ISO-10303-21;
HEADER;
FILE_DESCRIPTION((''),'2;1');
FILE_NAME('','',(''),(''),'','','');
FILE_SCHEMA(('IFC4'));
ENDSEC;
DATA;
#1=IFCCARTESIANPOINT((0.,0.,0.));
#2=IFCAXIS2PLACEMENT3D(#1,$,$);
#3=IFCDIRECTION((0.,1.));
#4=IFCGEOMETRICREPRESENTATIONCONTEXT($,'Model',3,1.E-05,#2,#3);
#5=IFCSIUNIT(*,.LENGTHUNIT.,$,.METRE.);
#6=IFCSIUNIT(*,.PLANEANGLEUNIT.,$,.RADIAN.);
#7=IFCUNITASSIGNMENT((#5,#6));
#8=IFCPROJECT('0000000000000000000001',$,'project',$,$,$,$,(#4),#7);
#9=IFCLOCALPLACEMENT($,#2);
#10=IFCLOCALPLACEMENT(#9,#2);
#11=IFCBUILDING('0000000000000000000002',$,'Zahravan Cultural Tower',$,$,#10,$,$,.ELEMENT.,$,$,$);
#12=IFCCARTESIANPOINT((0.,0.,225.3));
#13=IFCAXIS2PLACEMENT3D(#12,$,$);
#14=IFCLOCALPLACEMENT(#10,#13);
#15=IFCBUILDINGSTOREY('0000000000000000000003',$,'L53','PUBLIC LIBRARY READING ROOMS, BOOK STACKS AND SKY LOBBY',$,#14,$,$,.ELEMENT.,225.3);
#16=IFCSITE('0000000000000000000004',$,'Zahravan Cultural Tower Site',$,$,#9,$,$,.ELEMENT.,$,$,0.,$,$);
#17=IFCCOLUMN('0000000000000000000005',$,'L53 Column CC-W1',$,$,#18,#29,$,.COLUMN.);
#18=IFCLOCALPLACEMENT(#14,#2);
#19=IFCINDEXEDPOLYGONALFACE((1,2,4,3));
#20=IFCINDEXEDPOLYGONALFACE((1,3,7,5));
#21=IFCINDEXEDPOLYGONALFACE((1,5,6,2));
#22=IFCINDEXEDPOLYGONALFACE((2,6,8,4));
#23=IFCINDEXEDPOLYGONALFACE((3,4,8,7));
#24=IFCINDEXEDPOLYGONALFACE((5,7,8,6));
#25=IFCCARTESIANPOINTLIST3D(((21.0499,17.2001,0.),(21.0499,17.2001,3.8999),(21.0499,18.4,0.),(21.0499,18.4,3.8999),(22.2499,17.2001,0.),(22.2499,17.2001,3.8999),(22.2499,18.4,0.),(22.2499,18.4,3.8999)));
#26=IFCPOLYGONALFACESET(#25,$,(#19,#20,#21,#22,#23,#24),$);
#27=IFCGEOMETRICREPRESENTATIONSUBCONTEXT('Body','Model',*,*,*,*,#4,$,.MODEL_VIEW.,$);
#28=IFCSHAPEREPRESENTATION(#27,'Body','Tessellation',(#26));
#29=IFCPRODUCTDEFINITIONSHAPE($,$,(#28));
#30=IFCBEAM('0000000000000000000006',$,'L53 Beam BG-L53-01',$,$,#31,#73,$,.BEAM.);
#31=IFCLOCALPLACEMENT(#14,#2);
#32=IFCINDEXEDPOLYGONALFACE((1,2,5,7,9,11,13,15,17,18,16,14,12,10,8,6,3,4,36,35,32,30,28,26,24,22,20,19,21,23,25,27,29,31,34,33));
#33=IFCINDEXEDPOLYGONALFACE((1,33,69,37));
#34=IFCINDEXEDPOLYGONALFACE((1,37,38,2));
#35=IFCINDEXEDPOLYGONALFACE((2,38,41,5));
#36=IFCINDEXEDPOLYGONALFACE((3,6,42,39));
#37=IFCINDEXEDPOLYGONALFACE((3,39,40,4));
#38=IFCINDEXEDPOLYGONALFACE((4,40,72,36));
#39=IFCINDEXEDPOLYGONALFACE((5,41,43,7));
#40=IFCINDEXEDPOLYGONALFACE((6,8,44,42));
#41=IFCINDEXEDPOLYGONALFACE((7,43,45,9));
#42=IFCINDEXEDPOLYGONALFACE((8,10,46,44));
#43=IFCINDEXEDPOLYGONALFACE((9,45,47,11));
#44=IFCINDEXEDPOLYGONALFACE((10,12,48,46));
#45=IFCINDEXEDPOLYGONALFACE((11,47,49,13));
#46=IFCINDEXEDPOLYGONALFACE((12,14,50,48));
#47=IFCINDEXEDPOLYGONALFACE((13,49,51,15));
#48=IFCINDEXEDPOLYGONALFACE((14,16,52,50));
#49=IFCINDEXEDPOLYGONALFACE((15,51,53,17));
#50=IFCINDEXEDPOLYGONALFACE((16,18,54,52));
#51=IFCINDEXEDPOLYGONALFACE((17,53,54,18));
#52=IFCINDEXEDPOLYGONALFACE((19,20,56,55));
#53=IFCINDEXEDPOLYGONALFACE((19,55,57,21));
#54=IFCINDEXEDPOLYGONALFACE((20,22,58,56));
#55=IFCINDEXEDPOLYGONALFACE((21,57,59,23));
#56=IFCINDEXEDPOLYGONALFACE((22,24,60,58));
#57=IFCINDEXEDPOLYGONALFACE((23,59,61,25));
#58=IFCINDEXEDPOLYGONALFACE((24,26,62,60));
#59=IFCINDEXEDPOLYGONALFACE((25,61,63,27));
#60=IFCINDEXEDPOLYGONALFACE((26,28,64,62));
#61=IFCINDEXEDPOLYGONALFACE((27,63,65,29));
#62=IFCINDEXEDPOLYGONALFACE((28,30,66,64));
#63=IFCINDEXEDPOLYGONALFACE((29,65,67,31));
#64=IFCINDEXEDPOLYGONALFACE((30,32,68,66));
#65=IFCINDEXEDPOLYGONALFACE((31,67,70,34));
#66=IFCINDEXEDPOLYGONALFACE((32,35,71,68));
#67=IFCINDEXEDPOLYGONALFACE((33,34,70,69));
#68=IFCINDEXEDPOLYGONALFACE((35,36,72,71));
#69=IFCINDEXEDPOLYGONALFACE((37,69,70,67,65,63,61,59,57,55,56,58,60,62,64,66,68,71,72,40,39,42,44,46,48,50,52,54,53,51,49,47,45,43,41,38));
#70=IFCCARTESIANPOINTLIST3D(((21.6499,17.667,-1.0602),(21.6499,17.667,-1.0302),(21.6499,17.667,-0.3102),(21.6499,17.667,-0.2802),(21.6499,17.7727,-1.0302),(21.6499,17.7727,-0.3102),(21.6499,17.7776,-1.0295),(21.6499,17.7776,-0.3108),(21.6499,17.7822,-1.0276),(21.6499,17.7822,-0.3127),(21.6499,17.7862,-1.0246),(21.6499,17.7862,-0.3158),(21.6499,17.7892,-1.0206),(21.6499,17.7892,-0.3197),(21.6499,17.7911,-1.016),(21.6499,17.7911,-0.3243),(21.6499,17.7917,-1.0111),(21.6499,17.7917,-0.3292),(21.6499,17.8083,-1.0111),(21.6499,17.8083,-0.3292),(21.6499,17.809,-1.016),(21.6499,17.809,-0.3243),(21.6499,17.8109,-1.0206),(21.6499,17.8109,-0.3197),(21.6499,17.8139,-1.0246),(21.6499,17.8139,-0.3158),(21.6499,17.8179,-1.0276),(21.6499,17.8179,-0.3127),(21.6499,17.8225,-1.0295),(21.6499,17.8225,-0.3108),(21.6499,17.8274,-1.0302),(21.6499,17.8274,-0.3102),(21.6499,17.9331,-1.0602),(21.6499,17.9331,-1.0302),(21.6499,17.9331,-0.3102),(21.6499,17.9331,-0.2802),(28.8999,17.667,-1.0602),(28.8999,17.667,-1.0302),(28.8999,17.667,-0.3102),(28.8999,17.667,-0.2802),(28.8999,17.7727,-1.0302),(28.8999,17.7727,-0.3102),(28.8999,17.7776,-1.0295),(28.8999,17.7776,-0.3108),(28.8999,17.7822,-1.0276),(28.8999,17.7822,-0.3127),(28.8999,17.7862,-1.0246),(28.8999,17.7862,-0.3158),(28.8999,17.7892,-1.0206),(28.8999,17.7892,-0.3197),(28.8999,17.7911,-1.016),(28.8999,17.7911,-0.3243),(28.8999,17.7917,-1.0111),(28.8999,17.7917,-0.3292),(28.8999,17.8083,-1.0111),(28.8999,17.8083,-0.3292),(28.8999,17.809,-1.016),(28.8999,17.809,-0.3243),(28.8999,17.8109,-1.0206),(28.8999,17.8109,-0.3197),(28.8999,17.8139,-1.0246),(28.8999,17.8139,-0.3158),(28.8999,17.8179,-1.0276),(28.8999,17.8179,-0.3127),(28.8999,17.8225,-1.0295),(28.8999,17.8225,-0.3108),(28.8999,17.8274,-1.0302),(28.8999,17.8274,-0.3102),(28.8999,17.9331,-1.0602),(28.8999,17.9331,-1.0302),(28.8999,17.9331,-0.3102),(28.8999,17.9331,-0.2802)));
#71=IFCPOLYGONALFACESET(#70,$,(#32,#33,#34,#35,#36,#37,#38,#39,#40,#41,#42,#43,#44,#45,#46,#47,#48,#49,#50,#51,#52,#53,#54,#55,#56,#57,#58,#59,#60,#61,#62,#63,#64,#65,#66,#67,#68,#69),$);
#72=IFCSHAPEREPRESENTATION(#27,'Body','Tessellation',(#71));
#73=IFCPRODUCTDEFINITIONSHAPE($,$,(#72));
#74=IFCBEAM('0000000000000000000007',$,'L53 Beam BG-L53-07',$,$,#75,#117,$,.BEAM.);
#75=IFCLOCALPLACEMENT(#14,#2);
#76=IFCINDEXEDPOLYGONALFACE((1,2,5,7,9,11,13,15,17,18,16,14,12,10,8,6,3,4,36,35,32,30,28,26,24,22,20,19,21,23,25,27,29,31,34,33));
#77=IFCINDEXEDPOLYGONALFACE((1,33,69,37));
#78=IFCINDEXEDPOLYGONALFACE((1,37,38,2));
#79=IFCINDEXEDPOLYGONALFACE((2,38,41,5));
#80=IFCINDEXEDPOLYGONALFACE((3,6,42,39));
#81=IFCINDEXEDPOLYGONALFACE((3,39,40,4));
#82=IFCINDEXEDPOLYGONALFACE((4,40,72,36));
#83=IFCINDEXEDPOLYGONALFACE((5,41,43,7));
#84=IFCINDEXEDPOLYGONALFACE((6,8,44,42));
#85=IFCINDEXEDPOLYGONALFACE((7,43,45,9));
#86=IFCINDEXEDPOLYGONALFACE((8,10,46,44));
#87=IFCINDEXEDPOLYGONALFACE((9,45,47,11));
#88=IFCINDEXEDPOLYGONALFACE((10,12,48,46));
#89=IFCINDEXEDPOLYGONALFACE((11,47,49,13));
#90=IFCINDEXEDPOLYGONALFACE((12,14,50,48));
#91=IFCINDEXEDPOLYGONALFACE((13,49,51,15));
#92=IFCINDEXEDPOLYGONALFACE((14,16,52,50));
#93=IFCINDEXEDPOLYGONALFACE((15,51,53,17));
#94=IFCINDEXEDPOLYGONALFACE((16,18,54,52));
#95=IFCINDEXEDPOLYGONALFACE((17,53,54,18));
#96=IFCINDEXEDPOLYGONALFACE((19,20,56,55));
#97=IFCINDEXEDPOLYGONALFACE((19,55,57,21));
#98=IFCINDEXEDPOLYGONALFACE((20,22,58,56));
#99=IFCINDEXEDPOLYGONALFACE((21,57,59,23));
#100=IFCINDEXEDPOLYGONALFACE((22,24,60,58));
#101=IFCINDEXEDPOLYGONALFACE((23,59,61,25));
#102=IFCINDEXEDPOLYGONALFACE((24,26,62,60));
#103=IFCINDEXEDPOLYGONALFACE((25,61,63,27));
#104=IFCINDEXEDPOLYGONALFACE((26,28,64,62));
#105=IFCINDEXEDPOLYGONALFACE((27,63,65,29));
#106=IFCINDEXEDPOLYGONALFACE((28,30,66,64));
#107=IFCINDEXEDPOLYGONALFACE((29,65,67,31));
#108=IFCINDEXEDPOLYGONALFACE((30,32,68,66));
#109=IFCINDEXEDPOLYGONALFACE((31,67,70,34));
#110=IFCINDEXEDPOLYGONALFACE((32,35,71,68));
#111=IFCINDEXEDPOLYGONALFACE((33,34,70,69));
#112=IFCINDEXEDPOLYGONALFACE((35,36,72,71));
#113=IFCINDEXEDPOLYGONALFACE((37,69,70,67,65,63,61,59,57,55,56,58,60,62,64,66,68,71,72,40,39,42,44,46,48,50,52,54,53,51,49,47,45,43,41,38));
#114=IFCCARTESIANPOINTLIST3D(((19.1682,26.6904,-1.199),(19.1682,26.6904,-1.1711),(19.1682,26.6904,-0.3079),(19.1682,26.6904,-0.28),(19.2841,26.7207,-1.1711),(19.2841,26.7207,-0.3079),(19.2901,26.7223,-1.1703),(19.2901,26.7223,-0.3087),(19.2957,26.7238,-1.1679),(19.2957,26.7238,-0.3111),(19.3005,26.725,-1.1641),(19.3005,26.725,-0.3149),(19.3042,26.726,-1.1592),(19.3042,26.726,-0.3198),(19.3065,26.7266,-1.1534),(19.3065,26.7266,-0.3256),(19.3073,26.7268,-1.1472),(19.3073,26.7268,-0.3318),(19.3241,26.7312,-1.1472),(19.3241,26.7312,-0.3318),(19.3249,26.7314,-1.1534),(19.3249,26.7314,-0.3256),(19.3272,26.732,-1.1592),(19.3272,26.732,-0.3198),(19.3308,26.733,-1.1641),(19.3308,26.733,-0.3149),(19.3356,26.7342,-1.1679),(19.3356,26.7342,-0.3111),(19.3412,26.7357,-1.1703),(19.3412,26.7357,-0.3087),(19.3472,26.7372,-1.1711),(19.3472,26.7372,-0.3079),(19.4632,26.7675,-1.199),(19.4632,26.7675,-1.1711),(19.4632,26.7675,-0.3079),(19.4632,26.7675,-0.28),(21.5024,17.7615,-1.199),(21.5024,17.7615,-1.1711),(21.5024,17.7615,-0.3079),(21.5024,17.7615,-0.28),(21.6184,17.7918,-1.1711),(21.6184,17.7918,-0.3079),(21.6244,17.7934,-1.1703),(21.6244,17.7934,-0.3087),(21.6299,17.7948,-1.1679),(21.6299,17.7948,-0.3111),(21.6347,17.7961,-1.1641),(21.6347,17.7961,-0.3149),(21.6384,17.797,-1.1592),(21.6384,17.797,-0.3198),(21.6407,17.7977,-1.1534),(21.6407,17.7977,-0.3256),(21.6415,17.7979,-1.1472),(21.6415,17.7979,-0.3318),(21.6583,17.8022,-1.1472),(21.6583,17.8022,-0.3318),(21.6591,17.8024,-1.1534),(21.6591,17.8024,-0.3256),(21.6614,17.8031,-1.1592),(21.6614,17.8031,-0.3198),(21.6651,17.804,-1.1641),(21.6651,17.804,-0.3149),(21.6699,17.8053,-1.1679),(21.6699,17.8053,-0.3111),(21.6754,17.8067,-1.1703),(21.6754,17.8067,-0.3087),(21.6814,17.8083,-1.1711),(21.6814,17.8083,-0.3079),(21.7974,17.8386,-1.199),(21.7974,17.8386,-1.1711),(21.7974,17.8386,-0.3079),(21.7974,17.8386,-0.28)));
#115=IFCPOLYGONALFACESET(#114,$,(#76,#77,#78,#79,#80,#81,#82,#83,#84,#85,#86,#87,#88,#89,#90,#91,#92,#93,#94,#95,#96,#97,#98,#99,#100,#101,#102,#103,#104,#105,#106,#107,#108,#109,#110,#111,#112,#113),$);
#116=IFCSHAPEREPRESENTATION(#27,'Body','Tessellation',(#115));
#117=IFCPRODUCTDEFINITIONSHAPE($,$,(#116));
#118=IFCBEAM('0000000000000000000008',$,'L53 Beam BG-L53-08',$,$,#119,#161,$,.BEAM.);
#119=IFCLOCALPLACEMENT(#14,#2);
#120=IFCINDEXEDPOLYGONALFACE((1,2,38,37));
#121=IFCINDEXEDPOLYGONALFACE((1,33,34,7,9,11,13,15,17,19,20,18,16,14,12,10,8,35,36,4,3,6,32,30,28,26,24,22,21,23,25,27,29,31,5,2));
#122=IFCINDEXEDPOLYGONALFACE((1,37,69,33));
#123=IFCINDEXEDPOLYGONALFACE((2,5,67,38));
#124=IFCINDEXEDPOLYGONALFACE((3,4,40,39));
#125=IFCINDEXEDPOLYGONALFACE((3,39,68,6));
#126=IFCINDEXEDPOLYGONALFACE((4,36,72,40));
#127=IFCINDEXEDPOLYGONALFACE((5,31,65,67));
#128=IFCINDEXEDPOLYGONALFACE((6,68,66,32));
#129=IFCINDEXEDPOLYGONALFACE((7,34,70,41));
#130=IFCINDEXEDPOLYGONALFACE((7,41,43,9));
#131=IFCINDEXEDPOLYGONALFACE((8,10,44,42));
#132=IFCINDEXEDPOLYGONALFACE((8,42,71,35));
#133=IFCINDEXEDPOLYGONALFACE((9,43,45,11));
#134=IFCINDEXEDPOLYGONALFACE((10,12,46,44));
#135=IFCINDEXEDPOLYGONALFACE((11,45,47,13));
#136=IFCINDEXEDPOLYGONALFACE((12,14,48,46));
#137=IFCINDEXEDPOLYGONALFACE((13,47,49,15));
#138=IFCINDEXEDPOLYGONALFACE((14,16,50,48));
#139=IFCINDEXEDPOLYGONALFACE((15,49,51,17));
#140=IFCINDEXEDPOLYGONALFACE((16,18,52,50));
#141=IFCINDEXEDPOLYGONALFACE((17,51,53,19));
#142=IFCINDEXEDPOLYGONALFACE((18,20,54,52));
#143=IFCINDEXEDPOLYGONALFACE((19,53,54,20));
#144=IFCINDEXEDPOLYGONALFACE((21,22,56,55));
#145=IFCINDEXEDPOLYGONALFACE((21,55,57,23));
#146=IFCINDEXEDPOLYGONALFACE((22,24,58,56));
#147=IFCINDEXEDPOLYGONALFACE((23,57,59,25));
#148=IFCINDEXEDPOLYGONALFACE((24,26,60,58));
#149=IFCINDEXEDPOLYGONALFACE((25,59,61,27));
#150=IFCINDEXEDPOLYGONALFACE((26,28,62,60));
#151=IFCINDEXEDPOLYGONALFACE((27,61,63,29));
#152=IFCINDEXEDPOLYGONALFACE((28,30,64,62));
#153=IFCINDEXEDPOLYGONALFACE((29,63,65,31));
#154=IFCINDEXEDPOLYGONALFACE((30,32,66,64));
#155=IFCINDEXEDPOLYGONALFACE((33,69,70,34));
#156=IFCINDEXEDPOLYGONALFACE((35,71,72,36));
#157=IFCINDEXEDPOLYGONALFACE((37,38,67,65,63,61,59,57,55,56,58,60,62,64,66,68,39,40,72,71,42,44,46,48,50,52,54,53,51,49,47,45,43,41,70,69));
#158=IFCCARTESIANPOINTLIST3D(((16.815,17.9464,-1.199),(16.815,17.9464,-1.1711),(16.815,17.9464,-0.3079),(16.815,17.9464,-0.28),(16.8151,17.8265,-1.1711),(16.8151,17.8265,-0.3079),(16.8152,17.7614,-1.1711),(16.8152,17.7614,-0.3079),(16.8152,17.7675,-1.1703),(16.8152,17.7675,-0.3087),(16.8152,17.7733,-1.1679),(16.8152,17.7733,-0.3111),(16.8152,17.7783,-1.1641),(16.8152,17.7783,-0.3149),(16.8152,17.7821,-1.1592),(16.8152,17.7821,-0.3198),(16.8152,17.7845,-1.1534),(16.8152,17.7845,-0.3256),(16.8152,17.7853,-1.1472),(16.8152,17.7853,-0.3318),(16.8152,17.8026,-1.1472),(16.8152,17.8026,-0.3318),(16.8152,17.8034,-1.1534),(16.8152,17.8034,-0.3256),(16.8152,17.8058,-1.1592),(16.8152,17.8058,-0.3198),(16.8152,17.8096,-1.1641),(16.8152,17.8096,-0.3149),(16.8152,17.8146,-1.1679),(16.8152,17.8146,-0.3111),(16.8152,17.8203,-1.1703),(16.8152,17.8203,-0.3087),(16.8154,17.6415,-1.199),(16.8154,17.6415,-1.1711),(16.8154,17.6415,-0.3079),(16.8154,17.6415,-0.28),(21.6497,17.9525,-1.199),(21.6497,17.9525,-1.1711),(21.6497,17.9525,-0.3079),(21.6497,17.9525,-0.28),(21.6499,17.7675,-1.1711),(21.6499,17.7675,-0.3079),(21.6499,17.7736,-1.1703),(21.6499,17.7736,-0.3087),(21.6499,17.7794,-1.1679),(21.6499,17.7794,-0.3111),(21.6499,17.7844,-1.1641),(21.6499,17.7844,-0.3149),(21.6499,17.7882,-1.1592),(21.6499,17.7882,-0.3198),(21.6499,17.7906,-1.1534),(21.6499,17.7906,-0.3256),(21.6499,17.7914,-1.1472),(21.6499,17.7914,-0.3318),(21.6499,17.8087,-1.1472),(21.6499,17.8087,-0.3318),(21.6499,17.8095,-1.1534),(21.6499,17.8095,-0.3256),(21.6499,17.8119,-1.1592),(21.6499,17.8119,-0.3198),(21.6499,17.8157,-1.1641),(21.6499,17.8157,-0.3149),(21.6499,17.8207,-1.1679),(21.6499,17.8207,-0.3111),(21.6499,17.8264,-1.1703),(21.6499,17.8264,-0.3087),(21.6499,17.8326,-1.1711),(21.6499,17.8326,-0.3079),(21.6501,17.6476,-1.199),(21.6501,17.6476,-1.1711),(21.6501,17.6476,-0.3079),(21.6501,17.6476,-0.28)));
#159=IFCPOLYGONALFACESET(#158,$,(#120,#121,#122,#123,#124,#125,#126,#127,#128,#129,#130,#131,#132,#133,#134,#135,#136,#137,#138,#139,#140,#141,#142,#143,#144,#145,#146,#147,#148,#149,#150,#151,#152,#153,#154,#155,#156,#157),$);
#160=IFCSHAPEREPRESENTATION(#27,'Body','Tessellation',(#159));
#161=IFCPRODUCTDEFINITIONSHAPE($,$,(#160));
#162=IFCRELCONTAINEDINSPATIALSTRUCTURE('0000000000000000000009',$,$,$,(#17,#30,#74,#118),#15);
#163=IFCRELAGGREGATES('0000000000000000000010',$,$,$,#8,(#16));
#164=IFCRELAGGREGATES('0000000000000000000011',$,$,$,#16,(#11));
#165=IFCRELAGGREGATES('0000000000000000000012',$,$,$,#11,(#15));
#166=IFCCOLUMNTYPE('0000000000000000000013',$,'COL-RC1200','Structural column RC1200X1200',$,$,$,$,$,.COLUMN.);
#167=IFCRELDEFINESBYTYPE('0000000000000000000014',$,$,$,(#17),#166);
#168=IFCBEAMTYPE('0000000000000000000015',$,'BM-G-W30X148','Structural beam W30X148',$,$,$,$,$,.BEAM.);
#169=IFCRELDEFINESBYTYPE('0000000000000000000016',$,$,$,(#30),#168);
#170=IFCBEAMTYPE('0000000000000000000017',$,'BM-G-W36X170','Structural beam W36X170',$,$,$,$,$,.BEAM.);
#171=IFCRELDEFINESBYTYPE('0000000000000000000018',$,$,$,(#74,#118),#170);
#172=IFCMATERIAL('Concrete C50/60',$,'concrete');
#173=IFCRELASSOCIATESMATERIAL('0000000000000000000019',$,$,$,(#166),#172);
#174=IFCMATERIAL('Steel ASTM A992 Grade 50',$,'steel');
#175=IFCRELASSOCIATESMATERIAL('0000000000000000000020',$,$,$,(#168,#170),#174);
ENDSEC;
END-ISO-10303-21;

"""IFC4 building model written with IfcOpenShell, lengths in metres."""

from ifc_helpers import new_model, si_unit, direction, frame, origin, origin_2d, place, context, subcontext, project, spatial, rectangle, i_section, extrude, source, transform, mapped, material, material_profile, profile_set, type_object, element, save


model = new_model("IFC4")

# Units and contexts
model_context = context("Model", 3, precision=1e-05, world=origin(), true_north=direction((0.0, 1.0)))
body_context = subcontext(model_context, "Body", "Model", "MODEL_VIEW")
ifc_project = project(units=[si_unit("LENGTHUNIT", "METRE"), si_unit("PLANEANGLEUNIT", "RADIAN")], contexts=[model_context])

# Site, building, storey
site_placement = place(None, origin())
site = spatial("IfcSite", under=ifc_project, at=site_placement, Name="Zahravan Cultural Tower Site", CompositionType="ELEMENT", RefElevation=0.0)
building_placement = place(site_placement, origin())
building = spatial("IfcBuilding", under=site, at=building_placement, Name="Zahravan Cultural Tower", CompositionType="ELEMENT")
storey_placement = place(building_placement, frame((0.0, 0.0, 225.3)))
storey = spatial("IfcBuildingStorey", under=building, at=storey_placement, Name="L53", Description="PUBLIC LIBRARY READING ROOMS, BOOK STACKS AND SKY LOBBY", CompositionType="ELEMENT", Elevation=225.3)

# Column
ifc_material_1 = material(Name="Concrete C50/60", Category="concrete")
ifc_material_profile_1 = material_profile(ifc_material_1, rectangle(XDim=1.2, YDim=1.2, at=origin_2d()), Name="RC1200X1200")
ifc_profile_set_1 = profile_set([ifc_material_profile_1], Name="Concrete C50/60")
column_type = type_object("IfcColumnType", Name="COL-RC1200", Description="Structural column RC1200X1200", PredefinedType="COLUMN", material=ifc_profile_set_1)
shared_shape_1 = source(origin(), body_context, "Body", "SweptSolid", [
    extrude(rectangle(XDim=1.2, YDim=1.2, at=origin_2d()), origin(), (0.0, 0.0, 1.0), 3.8999),
])
column_placement = place(storey_placement, frame((21.6499, 17.8, 0.0), z_axis=(0.0, 0.0, 1.0), x_axis=(1.0, 0.0, 0.0)))
element("IfcColumn", 1, at=column_placement, inside=storey, type_object=column_type, Name="L53 Column CC-W1", PredefinedType="COLUMN", context=body_context, shape_type="MappedRepresentation", body=[
    mapped(shared_shape_1, transform((0.0, 0.0, 0.0), x_axis=(1.0, 0.0, 0.0), y_axis=(0.0, 1.0, 0.0), z_axis=(0.0, 0.0, 1.0), scale=1.0)),
])

# Beams
ifc_material_2 = material(Name="Steel ASTM A992 Grade 50", Category="steel")
ifc_material_profile_2 = material_profile(ifc_material_2, i_section(OverallWidth=0.2661, OverallDepth=0.78, WebThickness=0.0166, FlangeThickness=0.03, FilletRadius=0.019, at=origin_2d()), Name="W30X148")
ifc_profile_set_2 = profile_set([ifc_material_profile_2], Name="Steel ASTM A992 Grade 50")
beam_type_1 = type_object("IfcBeamType", Name="BM-G-W30X148", Description="Structural beam W30X148", PredefinedType="BEAM", material=ifc_profile_set_2)
shared_shape_2 = source(origin(), body_context, "Body", "SweptSolid", [
    extrude(i_section(OverallWidth=0.2661, OverallDepth=0.78, WebThickness=0.0166, FlangeThickness=0.03, FilletRadius=0.019, at=origin_2d()), origin(), (0.0, 0.0, 1.0), 7.25),
])
beam_1_placement = place(storey_placement, frame((21.6499, 17.8, -0.6702), z_axis=(1.0, 0.0, 0.0), x_axis=(0.0, 1.0, 0.0)))
element("IfcBeam", 2, at=beam_1_placement, inside=storey, type_object=beam_type_1, Name="L53 Beam BG-L53-01", PredefinedType="BEAM", context=body_context, shape_type="MappedRepresentation", body=[
    mapped(shared_shape_2, transform((0.0, 0.0, 0.0), x_axis=(1.0, 0.0, 0.0), y_axis=(0.0, 1.0, 0.0), z_axis=(0.0, 0.0, 1.0), scale=1.0)),
])
ifc_material_profile_3 = material_profile(ifc_material_2, i_section(OverallWidth=0.3049, OverallDepth=0.9189, WebThickness=0.0173, FlangeThickness=0.0278, FilletRadius=0.0239, at=origin_2d()), Name="W36X170")
ifc_profile_set_3 = profile_set([ifc_material_profile_3], Name="Steel ASTM A992 Grade 50")
beam_type_2 = type_object("IfcBeamType", Name="BM-G-W36X170", Description="Structural beam W36X170", PredefinedType="BEAM", material=ifc_profile_set_3)
shared_shape_3 = source(origin(), body_context, "Body", "SweptSolid", [
    extrude(i_section(OverallWidth=0.3049, OverallDepth=0.9189, WebThickness=0.0173, FlangeThickness=0.0278, FilletRadius=0.0239, at=origin_2d()), origin(), (0.0, 0.0, 1.0), 9.229),
])
beam_2_placement = place(storey_placement, frame((21.6499, 17.8, -0.7395), z_axis=(-0.252923, 0.967487, 0.0), x_axis=(-0.967487, -0.252923, 0.0)))
element("IfcBeam", 3, at=beam_2_placement, inside=storey, type_object=beam_type_2, Name="L53 Beam BG-L53-07", PredefinedType="BEAM", context=body_context, shape_type="MappedRepresentation", body=[
    mapped(shared_shape_3, transform((0.0, 0.0, 0.0), x_axis=(1.0, 0.0, 0.0), y_axis=(0.0, 1.0, 0.0), z_axis=(0.0, 0.0, 1.0), scale=1.0)),
])
shared_shape_4 = source(origin(), body_context, "Body", "SweptSolid", [
    extrude(i_section(OverallWidth=0.3049, OverallDepth=0.9189, WebThickness=0.0173, FlangeThickness=0.0278, FilletRadius=0.0239, at=origin_2d()), origin(), (0.0, 0.0, 1.0), 4.8347),
])
beam_3_placement = place(storey_placement, frame((21.6499, 17.8, -0.7395), z_axis=(-0.999999, -0.001262, 0.0), x_axis=(0.001262, -0.999999, 0.0)))
element("IfcBeam", 4, at=beam_3_placement, inside=storey, type_object=beam_type_2, Name="L53 Beam BG-L53-08", PredefinedType="BEAM", context=body_context, shape_type="MappedRepresentation", body=[
    mapped(shared_shape_4, transform((0.0, 0.0, 0.0), x_axis=(1.0, 0.0, 0.0), y_axis=(0.0, 1.0, 0.0), z_axis=(0.0, 0.0, 1.0), scale=1.0)),
])

save(model, "model.ifc")
